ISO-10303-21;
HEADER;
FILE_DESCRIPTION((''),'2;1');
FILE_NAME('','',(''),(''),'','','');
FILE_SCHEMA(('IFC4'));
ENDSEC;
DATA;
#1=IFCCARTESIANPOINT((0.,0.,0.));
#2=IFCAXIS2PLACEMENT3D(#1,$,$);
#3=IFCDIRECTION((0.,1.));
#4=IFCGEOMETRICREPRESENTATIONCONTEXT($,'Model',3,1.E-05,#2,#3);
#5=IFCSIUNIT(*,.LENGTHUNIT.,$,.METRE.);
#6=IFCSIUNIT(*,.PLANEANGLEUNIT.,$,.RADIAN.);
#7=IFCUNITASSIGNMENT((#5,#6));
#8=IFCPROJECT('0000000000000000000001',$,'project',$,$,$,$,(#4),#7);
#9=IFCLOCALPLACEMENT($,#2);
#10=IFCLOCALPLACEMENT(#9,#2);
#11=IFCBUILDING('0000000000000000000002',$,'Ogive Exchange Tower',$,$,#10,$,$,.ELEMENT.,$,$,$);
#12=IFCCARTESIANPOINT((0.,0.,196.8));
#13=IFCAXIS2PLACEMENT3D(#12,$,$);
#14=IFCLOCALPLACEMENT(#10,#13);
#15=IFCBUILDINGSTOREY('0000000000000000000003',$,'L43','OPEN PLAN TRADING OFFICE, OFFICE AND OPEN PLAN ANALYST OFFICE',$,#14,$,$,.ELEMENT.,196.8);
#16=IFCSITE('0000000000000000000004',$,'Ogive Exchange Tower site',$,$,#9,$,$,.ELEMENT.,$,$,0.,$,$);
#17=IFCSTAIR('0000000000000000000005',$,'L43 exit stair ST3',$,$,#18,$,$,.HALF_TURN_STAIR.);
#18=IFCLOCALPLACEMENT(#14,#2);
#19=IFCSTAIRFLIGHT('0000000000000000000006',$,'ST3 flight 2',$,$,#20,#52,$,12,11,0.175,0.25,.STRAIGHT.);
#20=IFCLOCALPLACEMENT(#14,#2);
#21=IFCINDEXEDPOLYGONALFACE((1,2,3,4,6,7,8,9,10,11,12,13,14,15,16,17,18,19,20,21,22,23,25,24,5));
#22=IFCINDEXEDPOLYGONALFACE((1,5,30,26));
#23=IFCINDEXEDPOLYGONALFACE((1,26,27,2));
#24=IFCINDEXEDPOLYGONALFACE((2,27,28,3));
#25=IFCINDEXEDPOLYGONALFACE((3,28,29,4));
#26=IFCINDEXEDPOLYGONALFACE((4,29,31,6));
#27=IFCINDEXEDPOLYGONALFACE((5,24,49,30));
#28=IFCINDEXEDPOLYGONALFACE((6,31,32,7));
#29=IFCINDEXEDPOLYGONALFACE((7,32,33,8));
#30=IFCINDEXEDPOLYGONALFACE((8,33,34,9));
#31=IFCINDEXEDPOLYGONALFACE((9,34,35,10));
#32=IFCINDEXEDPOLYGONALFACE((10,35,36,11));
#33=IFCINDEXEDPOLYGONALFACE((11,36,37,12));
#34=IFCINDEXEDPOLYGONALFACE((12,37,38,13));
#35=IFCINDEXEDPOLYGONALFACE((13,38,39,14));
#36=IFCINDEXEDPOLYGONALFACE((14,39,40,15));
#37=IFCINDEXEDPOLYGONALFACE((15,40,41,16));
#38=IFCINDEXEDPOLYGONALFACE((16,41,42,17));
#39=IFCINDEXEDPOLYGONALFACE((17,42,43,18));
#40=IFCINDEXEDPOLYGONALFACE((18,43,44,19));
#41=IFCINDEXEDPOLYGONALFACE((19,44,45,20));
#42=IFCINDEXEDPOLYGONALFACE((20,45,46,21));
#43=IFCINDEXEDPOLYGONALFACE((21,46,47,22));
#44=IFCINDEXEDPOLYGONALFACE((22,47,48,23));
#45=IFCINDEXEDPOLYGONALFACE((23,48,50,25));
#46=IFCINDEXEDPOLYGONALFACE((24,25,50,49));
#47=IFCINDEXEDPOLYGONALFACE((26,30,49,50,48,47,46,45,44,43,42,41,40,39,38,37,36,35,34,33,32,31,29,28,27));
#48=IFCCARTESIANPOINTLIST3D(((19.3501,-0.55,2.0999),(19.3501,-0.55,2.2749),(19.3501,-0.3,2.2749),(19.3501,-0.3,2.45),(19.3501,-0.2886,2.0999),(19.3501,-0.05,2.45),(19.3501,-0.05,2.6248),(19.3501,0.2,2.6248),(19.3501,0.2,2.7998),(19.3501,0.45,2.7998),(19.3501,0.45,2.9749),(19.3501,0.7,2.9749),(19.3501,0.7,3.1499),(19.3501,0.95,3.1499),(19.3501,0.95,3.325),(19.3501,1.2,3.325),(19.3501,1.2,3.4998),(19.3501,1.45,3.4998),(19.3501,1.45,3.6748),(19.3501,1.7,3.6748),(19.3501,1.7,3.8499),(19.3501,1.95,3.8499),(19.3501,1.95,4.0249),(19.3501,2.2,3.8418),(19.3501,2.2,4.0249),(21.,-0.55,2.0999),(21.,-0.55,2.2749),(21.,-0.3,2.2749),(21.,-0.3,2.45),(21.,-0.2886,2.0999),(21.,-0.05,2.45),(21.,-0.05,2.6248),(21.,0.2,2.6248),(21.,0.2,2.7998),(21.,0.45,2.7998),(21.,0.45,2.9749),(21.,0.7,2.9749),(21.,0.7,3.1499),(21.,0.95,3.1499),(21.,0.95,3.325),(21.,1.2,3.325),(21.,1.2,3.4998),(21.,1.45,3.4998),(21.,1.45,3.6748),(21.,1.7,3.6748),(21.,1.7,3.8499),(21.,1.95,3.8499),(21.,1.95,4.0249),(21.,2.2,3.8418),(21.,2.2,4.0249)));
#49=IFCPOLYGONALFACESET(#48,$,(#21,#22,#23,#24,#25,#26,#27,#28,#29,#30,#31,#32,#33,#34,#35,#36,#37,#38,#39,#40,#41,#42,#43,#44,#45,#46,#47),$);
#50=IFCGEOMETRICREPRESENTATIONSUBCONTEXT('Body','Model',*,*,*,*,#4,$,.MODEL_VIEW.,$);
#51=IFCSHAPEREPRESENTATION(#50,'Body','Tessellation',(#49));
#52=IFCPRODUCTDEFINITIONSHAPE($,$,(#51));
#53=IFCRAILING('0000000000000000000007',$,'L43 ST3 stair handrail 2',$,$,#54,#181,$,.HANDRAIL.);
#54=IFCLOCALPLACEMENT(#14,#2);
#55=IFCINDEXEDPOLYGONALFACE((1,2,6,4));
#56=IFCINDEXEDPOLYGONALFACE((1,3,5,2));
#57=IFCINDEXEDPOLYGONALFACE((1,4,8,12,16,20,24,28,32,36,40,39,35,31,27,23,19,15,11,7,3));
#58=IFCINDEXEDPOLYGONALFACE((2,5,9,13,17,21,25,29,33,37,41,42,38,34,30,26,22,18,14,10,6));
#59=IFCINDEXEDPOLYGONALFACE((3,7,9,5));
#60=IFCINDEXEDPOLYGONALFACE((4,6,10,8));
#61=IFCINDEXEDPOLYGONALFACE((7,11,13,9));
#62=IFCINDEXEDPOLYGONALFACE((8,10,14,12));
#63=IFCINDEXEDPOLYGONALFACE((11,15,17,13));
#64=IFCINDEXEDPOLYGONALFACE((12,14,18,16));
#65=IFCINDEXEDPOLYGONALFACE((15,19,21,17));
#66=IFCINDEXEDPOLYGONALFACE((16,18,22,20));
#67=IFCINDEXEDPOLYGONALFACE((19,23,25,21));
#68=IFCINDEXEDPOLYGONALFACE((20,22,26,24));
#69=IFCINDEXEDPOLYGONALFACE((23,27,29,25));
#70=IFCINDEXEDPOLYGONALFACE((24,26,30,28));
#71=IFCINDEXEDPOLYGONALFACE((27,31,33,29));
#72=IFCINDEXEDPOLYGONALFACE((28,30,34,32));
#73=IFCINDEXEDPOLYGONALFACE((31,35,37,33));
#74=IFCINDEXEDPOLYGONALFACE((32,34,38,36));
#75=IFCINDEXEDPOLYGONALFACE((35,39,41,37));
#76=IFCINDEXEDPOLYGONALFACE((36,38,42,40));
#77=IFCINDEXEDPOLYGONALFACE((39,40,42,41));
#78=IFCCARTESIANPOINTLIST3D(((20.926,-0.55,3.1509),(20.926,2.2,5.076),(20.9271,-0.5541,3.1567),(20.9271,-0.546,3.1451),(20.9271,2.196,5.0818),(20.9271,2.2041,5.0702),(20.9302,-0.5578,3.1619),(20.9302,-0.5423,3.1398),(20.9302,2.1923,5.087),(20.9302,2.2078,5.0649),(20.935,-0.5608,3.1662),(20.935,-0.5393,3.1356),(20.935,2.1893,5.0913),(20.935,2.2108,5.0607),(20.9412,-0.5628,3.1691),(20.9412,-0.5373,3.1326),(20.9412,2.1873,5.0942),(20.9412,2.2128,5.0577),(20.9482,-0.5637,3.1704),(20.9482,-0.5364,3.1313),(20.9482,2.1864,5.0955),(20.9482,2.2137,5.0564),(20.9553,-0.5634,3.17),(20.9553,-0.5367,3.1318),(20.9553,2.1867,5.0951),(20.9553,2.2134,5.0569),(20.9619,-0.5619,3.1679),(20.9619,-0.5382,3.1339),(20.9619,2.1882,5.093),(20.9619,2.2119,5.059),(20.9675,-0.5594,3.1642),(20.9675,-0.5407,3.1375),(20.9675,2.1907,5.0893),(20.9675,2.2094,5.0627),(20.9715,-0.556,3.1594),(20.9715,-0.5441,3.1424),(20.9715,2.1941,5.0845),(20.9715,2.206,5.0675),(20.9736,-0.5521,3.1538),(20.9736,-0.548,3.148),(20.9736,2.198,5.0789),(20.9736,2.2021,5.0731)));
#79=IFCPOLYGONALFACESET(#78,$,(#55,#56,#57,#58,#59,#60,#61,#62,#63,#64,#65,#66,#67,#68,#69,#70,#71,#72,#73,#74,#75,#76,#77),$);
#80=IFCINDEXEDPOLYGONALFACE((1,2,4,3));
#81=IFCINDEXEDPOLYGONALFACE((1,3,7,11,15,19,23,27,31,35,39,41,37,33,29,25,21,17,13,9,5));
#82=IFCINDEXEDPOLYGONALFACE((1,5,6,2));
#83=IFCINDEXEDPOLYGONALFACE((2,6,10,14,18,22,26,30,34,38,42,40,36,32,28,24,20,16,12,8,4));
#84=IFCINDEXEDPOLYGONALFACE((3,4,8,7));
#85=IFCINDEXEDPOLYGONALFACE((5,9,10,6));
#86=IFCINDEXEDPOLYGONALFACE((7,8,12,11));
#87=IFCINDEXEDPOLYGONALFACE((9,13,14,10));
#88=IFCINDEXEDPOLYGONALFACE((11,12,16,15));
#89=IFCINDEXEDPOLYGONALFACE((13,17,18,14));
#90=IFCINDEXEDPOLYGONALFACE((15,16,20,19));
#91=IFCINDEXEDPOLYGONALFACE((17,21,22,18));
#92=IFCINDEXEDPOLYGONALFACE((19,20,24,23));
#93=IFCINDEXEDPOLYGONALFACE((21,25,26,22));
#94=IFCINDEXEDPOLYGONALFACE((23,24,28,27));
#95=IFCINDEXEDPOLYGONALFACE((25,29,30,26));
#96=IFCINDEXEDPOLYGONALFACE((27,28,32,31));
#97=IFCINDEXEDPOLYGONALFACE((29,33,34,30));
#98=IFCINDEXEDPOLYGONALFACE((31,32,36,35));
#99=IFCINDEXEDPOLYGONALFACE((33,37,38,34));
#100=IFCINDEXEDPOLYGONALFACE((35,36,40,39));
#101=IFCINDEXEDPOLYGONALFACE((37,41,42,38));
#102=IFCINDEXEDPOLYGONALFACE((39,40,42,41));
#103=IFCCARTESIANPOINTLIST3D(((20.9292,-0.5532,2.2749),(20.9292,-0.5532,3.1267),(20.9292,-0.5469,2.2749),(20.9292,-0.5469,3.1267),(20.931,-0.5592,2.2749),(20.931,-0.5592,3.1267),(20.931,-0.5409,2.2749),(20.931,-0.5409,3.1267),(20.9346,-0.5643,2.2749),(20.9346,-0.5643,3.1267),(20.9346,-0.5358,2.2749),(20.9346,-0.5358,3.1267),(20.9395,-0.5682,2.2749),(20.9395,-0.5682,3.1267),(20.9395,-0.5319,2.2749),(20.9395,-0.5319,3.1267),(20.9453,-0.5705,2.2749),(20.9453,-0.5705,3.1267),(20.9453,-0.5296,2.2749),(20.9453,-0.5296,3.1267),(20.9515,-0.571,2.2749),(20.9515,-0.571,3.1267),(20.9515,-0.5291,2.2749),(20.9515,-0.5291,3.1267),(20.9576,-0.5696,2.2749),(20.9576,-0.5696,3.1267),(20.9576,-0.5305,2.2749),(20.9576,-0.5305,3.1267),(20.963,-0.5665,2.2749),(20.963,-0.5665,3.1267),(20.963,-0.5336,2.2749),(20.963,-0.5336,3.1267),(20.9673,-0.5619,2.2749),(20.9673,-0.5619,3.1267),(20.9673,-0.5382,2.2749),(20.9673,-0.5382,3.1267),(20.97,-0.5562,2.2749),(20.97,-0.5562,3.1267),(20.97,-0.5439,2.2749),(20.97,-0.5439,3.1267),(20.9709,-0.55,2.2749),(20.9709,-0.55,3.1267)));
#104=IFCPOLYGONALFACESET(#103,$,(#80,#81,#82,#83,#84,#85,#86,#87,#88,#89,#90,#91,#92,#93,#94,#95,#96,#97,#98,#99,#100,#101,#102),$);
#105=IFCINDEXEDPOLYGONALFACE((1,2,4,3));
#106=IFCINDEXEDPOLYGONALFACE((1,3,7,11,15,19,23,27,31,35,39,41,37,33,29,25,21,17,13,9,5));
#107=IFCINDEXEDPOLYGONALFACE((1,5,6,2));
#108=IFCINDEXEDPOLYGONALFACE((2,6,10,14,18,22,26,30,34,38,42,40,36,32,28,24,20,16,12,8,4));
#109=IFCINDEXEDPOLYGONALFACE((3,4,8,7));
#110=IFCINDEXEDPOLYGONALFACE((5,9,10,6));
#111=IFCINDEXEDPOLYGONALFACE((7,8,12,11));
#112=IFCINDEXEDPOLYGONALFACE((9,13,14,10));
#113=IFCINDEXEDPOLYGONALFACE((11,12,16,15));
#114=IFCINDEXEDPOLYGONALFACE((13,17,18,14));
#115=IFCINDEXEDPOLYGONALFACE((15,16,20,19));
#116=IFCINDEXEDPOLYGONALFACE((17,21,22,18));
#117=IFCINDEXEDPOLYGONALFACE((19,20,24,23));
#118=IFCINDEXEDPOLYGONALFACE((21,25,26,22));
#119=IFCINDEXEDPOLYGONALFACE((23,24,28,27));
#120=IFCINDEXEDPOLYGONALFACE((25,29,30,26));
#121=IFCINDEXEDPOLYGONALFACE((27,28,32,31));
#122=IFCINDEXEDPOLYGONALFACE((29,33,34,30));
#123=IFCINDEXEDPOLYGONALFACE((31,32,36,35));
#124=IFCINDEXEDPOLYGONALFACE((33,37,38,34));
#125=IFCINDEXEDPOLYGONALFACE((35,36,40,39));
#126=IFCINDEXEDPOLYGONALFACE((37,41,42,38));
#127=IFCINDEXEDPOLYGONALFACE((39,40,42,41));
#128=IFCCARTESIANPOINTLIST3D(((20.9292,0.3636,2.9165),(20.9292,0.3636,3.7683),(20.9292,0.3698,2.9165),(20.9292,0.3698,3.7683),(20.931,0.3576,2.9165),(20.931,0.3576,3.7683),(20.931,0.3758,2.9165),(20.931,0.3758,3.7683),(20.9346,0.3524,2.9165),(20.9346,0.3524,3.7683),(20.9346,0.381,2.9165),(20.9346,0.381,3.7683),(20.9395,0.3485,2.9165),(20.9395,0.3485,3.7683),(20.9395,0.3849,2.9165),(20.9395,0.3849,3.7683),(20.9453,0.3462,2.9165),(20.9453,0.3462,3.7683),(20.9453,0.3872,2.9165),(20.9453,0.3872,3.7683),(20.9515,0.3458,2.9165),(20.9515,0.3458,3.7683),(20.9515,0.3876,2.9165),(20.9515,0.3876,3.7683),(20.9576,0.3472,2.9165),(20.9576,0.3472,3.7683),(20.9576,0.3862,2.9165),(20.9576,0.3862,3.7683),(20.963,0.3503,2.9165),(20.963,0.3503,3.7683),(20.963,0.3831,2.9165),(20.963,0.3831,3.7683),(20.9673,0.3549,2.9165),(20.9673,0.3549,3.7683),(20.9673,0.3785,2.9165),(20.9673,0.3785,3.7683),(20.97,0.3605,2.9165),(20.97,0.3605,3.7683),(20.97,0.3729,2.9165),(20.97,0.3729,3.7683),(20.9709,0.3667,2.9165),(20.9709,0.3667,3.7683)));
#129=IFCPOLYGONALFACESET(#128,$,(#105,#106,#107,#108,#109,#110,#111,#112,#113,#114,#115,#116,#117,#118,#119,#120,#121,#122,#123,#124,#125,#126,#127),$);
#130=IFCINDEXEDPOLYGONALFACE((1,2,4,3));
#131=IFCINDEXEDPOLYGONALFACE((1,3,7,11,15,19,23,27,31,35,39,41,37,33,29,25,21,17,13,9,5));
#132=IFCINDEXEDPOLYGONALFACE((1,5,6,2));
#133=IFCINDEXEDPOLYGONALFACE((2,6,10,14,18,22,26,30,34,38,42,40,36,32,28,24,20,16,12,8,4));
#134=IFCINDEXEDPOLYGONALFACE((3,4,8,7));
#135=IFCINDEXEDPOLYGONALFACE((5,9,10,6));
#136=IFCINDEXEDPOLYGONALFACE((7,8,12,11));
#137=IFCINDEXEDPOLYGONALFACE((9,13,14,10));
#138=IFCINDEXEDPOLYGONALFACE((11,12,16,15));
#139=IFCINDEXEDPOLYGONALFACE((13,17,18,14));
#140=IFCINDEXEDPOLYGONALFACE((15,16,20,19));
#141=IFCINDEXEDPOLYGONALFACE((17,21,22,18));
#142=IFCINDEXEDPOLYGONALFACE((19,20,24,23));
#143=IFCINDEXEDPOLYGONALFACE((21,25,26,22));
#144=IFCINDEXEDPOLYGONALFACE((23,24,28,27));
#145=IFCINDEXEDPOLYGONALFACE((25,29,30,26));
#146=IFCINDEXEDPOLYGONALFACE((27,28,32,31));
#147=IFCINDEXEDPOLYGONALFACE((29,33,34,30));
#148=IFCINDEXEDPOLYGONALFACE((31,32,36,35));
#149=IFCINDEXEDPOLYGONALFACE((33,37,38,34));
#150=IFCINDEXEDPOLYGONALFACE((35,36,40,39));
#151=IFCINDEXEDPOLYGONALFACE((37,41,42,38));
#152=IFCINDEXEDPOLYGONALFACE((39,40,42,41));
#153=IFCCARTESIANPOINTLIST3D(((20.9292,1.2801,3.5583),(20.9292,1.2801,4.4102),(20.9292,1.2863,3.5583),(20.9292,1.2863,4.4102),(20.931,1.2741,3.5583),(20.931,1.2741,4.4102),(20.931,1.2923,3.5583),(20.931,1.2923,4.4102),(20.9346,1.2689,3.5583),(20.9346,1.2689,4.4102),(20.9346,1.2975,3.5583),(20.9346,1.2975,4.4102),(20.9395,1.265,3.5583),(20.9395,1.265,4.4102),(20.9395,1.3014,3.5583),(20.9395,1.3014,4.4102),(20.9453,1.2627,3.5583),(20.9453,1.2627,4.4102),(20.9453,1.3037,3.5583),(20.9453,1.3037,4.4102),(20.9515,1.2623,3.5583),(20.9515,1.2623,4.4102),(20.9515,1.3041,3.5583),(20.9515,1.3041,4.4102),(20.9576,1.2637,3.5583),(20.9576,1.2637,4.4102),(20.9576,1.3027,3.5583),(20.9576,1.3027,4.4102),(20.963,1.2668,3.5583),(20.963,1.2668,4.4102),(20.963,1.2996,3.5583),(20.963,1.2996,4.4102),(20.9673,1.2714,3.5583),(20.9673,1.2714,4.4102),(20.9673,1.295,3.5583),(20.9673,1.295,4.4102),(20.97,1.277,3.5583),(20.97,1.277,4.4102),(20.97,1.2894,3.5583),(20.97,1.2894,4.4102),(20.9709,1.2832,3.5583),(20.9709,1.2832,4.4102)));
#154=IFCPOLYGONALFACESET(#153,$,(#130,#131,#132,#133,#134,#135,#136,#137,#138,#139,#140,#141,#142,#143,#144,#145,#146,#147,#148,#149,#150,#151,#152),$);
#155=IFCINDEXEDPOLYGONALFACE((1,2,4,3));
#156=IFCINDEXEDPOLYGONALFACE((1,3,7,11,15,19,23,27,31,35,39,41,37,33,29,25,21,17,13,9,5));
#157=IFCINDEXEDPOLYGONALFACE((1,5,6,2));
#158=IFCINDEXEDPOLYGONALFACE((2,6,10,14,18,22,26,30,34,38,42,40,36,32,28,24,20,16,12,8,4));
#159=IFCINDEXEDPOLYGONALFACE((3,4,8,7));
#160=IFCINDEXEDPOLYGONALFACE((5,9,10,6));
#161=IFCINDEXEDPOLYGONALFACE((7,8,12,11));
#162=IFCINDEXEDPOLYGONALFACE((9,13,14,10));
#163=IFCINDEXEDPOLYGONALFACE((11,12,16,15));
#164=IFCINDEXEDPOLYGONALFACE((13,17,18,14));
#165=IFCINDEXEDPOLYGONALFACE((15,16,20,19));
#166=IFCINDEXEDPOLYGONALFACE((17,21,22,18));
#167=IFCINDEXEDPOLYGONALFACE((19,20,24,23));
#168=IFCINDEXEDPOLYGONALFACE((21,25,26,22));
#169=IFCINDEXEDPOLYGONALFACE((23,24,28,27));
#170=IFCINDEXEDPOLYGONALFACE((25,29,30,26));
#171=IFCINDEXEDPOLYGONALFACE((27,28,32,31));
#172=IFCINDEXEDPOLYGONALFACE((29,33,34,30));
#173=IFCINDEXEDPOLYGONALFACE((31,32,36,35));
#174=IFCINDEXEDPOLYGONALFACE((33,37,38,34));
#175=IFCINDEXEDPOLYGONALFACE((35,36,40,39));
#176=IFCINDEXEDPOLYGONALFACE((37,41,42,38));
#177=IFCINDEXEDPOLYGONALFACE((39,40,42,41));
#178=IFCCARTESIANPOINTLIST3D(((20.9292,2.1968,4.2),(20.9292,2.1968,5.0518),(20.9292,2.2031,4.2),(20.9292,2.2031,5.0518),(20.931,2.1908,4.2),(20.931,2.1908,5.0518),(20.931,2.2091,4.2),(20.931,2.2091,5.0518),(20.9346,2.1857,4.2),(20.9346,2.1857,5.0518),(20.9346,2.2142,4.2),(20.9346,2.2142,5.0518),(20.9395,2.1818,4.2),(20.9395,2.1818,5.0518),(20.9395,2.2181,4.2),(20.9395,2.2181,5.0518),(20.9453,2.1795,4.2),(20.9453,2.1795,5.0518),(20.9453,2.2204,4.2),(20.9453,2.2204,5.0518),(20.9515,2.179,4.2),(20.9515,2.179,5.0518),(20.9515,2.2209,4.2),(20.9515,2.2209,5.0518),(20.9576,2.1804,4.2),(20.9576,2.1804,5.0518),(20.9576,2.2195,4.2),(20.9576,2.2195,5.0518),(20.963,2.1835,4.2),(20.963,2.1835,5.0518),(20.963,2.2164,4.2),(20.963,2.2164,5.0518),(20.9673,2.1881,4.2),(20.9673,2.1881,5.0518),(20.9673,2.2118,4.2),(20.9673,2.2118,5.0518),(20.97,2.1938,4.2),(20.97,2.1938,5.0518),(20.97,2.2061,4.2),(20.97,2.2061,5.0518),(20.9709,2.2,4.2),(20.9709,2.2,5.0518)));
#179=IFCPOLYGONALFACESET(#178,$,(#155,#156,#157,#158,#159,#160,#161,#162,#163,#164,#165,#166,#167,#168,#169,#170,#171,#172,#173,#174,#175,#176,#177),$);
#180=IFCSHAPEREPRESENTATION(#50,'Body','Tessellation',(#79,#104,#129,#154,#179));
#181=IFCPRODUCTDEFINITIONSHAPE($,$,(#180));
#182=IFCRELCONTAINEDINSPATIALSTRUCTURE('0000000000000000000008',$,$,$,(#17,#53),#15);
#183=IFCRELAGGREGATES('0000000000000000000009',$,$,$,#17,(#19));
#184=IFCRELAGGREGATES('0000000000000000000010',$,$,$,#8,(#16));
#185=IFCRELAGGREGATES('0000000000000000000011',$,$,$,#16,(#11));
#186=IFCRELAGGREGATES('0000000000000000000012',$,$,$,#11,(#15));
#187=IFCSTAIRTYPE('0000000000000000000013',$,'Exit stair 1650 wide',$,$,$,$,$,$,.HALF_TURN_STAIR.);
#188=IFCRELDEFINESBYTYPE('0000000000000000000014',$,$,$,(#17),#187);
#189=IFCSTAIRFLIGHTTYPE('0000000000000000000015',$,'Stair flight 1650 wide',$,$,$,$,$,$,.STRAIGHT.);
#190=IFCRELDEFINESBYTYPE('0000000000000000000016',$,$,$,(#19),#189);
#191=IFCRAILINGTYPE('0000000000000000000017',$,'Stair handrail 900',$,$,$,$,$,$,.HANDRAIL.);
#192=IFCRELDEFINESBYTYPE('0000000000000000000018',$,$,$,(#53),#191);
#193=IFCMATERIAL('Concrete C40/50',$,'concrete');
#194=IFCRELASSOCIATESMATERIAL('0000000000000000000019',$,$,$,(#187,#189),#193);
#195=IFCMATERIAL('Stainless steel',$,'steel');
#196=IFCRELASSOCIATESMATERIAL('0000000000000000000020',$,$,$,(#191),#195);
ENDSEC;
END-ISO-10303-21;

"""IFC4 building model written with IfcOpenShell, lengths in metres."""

from ifc_helpers import new_model, si_unit, direction, frame, origin, origin_2d, place, context, subcontext, project, spatial, polyline, circle, outline, extrude, material, type_object, element, aggregate, save


model = new_model("IFC4")

# Units and contexts
model_context = context("Model", 3, precision=1e-05, world=origin(), true_north=direction((0.0, 1.0)))
body_context = subcontext(model_context, "Body", "Model", "MODEL_VIEW")
ifc_project = project(units=[si_unit("LENGTHUNIT", "METRE"), si_unit("PLANEANGLEUNIT", "RADIAN")], contexts=[model_context])

# Site, building, storey
site_placement = place(None, origin())
site = spatial("IfcSite", under=ifc_project, at=site_placement, Name="Ogive Exchange Tower site", CompositionType="ELEMENT", RefElevation=0.0)
building_placement = place(site_placement, origin())
building = spatial("IfcBuilding", under=site, at=building_placement, Name="Ogive Exchange Tower", CompositionType="ELEMENT")
storey_placement = place(building_placement, frame((0.0, 0.0, 196.8)))
storey = spatial("IfcBuildingStorey", under=building, at=storey_placement, Name="L43", Description="OPEN PLAN TRADING OFFICE, OFFICE AND OPEN PLAN ANALYST OFFICE", CompositionType="ELEMENT", Elevation=196.8)

# Stair, stair flight
ifc_material_1 = material(Name="Concrete C40/50", Category="concrete")
stair_type = type_object("IfcStairType", Name="Exit stair 1650 wide", PredefinedType="HALF_TURN_STAIR", material=ifc_material_1)
stair_placement = place(storey_placement, origin())
stair = element("IfcStair", 1, at=stair_placement, inside=storey, type_object=stair_type, Name="L43 exit stair ST3", PredefinedType="HALF_TURN_STAIR")
stair_flight_type = type_object("IfcStairFlightType", Name="Stair flight 1650 wide", PredefinedType="STRAIGHT", material=ifc_material_1)
stair_flight_1_placement = place(storey_placement, frame((20.175, -0.55, 2.0999), z_axis=(0.0, 0.0, 1.0), x_axis=(0.0, 1.0, 0.0)))
stair_flight_1 = element("IfcStairFlight", 2, at=stair_flight_1_placement, type_object=stair_flight_type, Name="ST3 flight 2", NumberOfRisers=12, NumberOfTreads=11, PredefinedType="STRAIGHT", RiserHeight=0.175, TreadLength=0.25, context=body_context, shape_type="SweptSolid", body=[
    extrude(outline(polyline([(0.0, 0.0), (0.0, 0.175), (0.25, 0.175), (0.25, 0.3501), (0.5, 0.3501), (0.5, 0.5249), (0.75, 0.5249), (0.75, 0.7), (1.0, 0.7), (1.0, 0.875), (1.25, 0.875), (1.25, 1.05), (1.5, 1.05), (1.5, 1.2251), (1.75, 1.2251), (1.75, 1.3999), (2.0, 1.3999), (2.0, 1.575), (2.25, 1.575), (2.25, 1.75), (2.5, 1.75), (2.5, 1.925), (2.75, 1.925), (2.75, 2.1001), (2.75, 1.7419), (0.2615, 0.0), (0.0, 0.0)])), frame((0.0, 0.825, 0.0), z_axis=(0.0, -1.0, 0.0), x_axis=(1.0, 0.0, 0.0)), (0.0, 0.0, 1.0), 1.6499),
])
aggregate(stair, [stair_flight_1])

# Railing
ifc_material_2 = material(Name="Stainless steel", Category="steel")
railing_type = type_object("IfcRailingType", Name="Stair handrail 900", PredefinedType="HANDRAIL", material=ifc_material_2)
railing_placement = place(storey_placement, frame((20.95, -0.55, 2.2749)))
element("IfcRailing", 3, at=railing_placement, inside=storey, type_object=railing_type, Name="L43 ST3 stair handrail 2", PredefinedType="HANDRAIL", context=body_context, shape_type="SweptSolid", body=[
    extrude(circle(Radius=0.0239, at=origin_2d()), frame((0.0, 0.0, 0.876), z_axis=(0.0, 0.819225, 0.573472), x_axis=(-1.0, 0.0, 0.0)), (0.0, 0.0, 1.0), 3.3569),
    extrude(circle(Radius=0.021, at=origin_2d()), origin(), (0.0, 0.0, 1.0), 0.8518),
    extrude(circle(Radius=0.021, at=origin_2d()), frame((0.0, 0.9167, 0.6416)), (0.0, 0.0, 1.0), 0.8518),
    extrude(circle(Radius=0.021, at=origin_2d()), frame((0.0, 1.8333, 1.2834)), (0.0, 0.0, 1.0), 0.8518),
    extrude(circle(Radius=0.021, at=origin_2d()), frame((0.0, 2.75, 1.925)), (0.0, 0.0, 1.0), 0.8518),
])

save(model, "model.ifc")
